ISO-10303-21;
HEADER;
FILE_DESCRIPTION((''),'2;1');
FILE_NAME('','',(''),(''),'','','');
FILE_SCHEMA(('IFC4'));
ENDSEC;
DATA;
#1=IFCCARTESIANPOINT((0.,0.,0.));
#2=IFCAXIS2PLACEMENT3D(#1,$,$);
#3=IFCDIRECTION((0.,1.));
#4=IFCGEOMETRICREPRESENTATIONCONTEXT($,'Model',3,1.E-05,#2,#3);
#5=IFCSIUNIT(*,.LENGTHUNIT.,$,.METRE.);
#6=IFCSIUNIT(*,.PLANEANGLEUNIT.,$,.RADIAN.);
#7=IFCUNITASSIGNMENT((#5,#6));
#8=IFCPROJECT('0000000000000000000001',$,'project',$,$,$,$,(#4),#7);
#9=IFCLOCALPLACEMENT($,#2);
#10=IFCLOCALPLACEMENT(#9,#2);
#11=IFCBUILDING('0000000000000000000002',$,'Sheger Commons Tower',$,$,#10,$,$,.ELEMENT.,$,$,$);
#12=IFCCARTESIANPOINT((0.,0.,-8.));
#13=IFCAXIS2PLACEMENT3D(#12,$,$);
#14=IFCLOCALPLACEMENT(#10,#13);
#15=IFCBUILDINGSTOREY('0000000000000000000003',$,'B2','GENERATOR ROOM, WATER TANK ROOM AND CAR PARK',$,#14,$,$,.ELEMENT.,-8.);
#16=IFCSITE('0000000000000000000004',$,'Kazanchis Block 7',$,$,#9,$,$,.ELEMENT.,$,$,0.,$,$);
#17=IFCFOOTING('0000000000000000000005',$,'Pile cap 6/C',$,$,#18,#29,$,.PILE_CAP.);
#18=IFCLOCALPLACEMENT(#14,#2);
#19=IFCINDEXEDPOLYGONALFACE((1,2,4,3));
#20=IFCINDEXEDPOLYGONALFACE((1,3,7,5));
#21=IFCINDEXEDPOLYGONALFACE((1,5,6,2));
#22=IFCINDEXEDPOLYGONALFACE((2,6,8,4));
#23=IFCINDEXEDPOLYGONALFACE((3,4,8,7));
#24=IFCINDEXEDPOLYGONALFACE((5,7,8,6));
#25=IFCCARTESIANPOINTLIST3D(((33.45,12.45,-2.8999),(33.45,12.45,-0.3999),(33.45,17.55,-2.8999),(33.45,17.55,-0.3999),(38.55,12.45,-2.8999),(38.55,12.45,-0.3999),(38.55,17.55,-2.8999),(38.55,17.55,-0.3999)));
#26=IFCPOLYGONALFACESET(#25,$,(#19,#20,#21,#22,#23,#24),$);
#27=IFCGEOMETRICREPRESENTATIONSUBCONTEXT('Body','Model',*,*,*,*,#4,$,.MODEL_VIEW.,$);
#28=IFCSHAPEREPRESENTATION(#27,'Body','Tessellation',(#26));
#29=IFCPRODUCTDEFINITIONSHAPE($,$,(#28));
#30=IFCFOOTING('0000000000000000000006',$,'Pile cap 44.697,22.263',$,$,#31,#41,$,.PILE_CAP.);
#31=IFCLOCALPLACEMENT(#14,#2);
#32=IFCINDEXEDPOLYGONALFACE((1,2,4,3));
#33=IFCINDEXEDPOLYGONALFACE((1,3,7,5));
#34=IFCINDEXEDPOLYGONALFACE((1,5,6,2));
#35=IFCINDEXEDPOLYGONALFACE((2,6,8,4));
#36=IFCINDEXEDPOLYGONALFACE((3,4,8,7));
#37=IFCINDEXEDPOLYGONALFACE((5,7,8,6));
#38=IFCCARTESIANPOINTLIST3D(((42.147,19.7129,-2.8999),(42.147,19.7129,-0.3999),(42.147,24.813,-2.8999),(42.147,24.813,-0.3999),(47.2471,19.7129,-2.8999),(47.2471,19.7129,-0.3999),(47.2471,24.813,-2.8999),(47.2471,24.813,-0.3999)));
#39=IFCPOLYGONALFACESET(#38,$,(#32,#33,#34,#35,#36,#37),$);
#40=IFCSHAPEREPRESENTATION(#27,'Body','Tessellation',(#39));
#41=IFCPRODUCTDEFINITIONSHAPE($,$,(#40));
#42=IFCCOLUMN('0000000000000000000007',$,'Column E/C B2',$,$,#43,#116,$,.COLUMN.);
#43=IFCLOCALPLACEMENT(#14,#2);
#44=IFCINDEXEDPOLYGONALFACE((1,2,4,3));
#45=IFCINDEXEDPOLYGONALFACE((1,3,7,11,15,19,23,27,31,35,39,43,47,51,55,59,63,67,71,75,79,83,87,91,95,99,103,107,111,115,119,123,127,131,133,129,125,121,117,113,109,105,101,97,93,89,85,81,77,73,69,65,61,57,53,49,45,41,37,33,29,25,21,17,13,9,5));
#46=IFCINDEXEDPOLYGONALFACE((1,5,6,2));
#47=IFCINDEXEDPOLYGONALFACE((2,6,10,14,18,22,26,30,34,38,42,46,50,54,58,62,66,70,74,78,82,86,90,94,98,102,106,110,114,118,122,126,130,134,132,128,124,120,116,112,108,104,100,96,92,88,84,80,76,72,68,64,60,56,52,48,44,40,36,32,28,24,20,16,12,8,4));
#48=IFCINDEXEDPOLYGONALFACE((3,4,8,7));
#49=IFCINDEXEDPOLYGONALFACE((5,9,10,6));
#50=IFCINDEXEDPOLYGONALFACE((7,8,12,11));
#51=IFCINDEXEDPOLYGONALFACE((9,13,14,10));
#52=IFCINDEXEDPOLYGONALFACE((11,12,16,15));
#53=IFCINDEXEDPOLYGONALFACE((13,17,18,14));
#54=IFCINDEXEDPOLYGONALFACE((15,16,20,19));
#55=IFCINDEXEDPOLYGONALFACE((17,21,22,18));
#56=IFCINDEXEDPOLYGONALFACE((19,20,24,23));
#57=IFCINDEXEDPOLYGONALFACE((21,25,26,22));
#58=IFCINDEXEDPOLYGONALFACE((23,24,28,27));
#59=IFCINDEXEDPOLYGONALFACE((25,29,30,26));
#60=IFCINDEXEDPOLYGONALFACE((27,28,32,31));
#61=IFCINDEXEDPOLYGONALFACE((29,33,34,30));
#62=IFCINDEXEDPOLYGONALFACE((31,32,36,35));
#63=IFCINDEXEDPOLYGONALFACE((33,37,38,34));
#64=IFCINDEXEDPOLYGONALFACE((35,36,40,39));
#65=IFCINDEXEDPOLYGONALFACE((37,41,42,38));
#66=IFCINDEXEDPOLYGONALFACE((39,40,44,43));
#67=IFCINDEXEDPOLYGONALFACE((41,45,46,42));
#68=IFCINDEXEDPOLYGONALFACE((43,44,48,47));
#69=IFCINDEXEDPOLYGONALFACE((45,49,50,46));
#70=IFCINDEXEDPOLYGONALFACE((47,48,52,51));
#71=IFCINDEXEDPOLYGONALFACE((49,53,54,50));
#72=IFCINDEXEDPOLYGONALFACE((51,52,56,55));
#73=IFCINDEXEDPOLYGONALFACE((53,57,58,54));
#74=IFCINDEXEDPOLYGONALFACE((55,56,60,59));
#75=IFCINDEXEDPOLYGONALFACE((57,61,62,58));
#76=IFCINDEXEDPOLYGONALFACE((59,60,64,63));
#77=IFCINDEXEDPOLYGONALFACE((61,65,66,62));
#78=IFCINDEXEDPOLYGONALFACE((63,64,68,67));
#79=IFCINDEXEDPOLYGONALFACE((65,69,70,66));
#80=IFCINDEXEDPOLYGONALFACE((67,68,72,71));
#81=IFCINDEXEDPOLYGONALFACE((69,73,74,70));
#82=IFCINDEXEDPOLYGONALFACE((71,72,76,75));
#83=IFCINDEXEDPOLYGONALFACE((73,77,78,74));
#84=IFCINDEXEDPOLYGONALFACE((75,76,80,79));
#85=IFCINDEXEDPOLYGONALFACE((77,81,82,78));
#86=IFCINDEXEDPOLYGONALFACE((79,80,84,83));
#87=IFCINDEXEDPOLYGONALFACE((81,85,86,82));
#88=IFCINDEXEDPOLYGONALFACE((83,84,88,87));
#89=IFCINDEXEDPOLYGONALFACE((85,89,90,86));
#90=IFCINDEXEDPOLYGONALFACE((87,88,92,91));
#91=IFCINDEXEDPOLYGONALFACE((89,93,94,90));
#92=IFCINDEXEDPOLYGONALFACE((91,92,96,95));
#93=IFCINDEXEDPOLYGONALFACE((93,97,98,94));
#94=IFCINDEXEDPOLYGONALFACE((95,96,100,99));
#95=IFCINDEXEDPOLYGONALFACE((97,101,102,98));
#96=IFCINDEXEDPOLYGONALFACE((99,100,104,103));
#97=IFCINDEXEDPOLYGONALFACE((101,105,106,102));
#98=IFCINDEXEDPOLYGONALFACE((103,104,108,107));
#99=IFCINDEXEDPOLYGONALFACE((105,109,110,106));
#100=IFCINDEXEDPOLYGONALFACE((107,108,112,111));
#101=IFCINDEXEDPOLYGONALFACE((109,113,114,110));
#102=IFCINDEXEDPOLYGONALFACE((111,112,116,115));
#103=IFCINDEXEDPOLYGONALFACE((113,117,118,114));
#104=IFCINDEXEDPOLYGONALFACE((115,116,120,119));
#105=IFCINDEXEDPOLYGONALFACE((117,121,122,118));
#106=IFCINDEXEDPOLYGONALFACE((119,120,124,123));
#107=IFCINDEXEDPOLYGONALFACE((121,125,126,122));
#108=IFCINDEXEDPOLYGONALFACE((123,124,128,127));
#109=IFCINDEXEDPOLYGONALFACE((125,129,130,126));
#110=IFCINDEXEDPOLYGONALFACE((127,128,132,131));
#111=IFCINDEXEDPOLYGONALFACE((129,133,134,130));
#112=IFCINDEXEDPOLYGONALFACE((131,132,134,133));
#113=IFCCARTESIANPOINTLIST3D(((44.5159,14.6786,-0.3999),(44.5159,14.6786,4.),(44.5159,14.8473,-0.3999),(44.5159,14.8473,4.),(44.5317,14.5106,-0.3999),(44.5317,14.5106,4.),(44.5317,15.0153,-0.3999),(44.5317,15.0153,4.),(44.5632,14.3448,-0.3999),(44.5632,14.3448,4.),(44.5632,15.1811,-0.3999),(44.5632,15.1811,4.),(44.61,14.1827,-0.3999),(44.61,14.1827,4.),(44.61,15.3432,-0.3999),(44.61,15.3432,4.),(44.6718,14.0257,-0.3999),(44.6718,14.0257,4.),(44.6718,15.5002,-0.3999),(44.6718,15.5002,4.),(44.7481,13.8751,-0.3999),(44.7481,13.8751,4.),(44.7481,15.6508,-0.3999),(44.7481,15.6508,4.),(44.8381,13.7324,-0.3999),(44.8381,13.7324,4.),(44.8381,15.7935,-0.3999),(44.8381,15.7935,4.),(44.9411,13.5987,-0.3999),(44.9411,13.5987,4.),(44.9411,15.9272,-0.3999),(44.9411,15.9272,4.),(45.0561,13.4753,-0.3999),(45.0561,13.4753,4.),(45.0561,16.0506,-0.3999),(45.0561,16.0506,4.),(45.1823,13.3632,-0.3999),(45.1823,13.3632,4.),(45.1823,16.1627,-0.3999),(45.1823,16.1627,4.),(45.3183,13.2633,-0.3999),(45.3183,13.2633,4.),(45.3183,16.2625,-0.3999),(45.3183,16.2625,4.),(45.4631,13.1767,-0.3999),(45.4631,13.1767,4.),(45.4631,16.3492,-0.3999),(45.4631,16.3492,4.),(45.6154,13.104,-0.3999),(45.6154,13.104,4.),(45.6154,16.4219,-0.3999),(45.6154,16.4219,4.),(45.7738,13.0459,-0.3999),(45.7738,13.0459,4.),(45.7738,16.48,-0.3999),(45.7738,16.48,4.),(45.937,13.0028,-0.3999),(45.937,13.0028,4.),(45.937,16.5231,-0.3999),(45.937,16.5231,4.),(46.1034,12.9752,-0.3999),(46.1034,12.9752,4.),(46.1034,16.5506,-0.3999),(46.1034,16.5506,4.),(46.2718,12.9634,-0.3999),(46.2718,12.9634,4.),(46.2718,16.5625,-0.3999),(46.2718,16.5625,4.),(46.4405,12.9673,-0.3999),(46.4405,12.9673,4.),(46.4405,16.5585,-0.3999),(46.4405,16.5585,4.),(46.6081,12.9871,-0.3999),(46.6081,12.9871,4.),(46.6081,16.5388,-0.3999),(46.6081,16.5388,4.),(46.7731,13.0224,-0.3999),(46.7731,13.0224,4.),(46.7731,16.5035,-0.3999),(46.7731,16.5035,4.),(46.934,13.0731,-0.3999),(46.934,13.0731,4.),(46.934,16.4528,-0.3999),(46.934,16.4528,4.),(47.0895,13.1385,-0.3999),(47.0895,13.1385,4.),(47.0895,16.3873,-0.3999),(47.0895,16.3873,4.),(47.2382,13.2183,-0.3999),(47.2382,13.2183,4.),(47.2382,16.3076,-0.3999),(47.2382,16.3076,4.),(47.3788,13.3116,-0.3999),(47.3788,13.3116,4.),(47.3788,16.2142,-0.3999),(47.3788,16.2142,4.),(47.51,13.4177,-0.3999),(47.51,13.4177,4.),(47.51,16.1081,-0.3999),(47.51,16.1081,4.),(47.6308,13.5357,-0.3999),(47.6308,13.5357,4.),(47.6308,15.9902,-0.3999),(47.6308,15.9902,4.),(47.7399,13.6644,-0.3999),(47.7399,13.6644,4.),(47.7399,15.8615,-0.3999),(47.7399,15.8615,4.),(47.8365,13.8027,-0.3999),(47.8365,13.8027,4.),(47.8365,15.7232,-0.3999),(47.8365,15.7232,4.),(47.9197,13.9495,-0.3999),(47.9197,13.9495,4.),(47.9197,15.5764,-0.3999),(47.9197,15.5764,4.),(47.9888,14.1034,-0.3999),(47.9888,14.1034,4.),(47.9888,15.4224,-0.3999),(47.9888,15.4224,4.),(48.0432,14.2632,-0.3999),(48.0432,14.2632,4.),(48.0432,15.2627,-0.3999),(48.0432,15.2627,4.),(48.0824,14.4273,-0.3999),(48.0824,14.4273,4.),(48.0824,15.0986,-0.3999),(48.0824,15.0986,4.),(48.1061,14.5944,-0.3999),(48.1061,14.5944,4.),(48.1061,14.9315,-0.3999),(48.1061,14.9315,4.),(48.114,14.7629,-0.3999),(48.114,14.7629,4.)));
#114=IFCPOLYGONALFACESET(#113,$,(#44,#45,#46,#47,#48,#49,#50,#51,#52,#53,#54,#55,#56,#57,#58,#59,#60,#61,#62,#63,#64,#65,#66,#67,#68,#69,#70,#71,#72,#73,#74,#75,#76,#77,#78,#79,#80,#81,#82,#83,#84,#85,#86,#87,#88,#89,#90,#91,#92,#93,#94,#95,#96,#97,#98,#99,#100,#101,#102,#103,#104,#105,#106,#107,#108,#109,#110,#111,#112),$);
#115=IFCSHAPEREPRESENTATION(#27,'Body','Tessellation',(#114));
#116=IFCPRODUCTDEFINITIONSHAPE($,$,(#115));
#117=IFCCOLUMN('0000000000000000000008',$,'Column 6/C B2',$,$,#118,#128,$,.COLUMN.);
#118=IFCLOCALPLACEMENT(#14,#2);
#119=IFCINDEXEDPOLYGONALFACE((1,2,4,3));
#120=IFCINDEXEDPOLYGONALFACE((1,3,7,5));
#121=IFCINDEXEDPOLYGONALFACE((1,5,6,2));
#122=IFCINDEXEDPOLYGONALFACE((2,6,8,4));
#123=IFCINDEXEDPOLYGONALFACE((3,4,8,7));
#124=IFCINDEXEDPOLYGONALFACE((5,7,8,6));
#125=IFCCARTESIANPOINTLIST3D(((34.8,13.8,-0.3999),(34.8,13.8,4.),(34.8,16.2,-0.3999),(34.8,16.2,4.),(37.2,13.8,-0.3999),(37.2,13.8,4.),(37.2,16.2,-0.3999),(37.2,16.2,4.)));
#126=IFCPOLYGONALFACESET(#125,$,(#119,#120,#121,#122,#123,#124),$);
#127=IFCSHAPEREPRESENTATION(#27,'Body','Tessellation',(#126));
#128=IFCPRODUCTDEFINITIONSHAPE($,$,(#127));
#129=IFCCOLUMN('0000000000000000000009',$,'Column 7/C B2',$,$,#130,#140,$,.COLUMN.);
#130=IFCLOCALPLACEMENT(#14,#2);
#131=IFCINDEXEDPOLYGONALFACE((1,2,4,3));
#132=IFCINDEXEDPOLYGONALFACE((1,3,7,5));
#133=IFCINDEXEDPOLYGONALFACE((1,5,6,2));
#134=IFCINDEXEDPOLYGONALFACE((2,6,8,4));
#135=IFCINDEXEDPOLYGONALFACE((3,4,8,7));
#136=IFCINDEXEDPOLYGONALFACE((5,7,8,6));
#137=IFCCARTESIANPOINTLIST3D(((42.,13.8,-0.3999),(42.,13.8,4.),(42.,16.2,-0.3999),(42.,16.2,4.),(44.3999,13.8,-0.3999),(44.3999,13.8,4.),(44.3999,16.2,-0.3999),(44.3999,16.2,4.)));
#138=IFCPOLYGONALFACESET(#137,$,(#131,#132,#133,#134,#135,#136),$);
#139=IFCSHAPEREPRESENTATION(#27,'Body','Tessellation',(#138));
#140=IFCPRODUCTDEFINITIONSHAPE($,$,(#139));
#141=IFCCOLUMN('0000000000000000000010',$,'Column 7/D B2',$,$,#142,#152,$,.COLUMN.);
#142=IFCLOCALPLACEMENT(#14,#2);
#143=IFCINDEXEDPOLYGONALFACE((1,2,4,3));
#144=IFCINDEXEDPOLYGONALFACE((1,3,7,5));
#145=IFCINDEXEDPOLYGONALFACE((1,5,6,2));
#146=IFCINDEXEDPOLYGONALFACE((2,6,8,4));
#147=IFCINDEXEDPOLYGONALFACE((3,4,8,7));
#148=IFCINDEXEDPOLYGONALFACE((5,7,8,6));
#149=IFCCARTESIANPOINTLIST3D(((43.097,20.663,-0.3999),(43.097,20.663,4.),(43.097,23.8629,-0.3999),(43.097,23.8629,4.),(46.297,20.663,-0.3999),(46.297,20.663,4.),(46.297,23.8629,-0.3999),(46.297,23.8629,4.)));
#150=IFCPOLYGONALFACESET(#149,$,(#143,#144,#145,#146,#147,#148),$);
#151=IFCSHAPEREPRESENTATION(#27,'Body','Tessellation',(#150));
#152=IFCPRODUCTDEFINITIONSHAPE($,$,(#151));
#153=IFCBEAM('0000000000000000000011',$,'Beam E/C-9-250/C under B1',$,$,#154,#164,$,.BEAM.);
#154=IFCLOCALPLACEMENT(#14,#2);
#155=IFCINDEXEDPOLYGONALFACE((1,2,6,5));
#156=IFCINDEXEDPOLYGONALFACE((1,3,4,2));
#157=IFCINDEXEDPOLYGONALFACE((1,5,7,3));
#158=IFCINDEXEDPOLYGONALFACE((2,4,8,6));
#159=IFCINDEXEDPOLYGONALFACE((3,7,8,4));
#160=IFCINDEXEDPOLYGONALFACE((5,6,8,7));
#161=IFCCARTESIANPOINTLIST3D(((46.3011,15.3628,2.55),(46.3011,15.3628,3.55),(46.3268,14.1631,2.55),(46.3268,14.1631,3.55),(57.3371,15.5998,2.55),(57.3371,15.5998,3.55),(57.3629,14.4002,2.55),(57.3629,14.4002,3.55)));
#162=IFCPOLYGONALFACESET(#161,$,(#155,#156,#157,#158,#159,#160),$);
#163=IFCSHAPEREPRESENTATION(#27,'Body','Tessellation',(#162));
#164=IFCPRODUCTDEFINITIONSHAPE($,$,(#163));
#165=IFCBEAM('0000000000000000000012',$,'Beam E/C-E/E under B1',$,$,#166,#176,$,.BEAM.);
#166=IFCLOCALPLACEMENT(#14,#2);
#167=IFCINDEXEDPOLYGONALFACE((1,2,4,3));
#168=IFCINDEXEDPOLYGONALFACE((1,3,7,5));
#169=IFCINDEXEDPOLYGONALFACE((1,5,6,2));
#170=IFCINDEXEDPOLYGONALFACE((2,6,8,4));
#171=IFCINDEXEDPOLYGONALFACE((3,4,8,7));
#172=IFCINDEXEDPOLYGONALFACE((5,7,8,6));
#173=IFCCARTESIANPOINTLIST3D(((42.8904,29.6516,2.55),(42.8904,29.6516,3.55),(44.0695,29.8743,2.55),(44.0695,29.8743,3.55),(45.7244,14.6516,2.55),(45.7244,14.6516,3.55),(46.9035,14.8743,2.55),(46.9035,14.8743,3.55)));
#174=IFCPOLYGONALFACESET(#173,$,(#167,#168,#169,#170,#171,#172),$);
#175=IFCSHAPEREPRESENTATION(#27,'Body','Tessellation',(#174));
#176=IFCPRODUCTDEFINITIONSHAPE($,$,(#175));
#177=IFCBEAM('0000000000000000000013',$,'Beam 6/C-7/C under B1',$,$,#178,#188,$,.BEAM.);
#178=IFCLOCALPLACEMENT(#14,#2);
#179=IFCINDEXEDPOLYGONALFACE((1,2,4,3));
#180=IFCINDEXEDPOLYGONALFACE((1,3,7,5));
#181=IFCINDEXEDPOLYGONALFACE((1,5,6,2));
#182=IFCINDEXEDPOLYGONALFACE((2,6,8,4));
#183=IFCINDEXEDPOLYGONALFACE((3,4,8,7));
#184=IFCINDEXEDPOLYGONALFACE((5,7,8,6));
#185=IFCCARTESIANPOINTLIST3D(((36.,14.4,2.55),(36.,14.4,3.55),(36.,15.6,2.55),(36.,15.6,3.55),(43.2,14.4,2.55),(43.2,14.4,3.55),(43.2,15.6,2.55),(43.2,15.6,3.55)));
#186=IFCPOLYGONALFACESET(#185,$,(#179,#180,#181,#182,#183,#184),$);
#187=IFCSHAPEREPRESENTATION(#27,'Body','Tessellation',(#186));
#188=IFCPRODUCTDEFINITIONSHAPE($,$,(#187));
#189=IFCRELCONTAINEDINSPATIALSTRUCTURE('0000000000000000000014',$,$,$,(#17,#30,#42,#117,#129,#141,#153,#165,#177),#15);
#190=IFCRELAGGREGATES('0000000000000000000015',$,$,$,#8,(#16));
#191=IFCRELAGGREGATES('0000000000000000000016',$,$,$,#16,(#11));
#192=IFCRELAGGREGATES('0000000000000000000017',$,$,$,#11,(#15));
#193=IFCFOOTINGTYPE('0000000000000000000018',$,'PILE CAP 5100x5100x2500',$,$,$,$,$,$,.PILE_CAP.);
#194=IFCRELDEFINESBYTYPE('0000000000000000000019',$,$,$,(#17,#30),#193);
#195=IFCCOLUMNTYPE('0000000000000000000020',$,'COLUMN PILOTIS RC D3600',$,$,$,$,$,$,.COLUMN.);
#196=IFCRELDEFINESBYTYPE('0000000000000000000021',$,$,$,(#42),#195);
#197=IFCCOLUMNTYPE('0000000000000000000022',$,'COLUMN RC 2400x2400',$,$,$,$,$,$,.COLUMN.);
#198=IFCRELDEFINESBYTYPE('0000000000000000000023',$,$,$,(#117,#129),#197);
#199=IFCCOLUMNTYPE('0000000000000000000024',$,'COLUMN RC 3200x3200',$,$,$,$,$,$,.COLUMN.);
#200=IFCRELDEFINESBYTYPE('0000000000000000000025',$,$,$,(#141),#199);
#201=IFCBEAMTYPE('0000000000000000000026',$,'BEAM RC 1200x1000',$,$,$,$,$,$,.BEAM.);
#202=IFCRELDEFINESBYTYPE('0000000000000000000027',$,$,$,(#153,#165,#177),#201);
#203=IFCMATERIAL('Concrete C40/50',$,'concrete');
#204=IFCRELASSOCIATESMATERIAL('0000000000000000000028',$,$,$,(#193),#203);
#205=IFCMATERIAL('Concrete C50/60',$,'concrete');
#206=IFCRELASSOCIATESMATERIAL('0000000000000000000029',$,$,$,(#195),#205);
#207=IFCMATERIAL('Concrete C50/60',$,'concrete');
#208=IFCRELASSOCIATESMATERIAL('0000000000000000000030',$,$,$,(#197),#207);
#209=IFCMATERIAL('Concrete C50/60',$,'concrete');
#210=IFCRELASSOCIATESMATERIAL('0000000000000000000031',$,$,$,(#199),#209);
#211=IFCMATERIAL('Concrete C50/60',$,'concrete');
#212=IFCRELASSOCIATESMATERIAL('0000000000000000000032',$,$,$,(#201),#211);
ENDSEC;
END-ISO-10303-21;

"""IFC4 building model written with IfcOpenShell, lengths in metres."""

from ifc_helpers import new_model, si_unit, direction, frame, origin, origin_2d, place, context, subcontext, project, spatial, rectangle, circle, extrude, material, material_profile, profile_set, type_object, element, save


model = new_model("IFC4")

# Units and contexts
model_context = context("Model", 3, precision=1e-05, world=origin(), true_north=direction((0.0, 1.0)))
body_context = subcontext(model_context, "Body", "Model", "MODEL_VIEW")
ifc_project = project(units=[si_unit("LENGTHUNIT", "METRE"), si_unit("PLANEANGLEUNIT", "RADIAN")], contexts=[model_context])

# Site, building, storey
site_placement = place(None, origin())
site = spatial("IfcSite", under=ifc_project, at=site_placement, Name="Kazanchis Block 7", CompositionType="ELEMENT", RefElevation=0.0)
building_placement = place(site_placement, origin())
building = spatial("IfcBuilding", under=site, at=building_placement, Name="Sheger Commons Tower", CompositionType="ELEMENT")
storey_placement = place(building_placement, frame((0.0, 0.0, -8.0)))
storey = spatial("IfcBuildingStorey", under=building, at=storey_placement, Name="B2", Description="GENERATOR ROOM, WATER TANK ROOM AND CAR PARK", CompositionType="ELEMENT", Elevation=-8.0)

# Footings
ifc_material_1 = material(Name="Concrete C40/50", Category="concrete")
footing_type = type_object("IfcFootingType", Name="PILE CAP 5100x5100x2500", PredefinedType="PILE_CAP", material=ifc_material_1)
for number, where, z_axis, x_axis, name in (
    (1, (36.0, 15.0, -2.8999), (0.0, 0.0, 1.0), (1.0, 0.0, 0.0), "Pile cap 6/C"),
    (2, (44.697, 22.2629, -2.8999), (0.0, 0.0, 1.0), (1.0, 0.0, 0.0), "Pile cap 44.697,22.263"),
):
    element("IfcFooting", number, at=place(storey_placement, frame(where, z_axis=z_axis, x_axis=x_axis)), inside=storey, type_object=footing_type, Name=name, PredefinedType="PILE_CAP", context=body_context, shape_type="SweptSolid", body=[
        extrude(rectangle(XDim=5.1001, YDim=5.1001, at=origin_2d()), origin(), (0.0, 0.0, 1.0), 2.5),
    ])

# Columns
ifc_material_2 = material(Name="Concrete C50/60", Category="concrete")
ifc_material_profile_1 = material_profile(ifc_material_2, circle(Radius=1.8, at=origin_2d()), Name="RC D3600")
ifc_profile_set_1 = profile_set([ifc_material_profile_1], Name="Concrete C50/60")
column_type_1 = type_object("IfcColumnType", Name="COLUMN PILOTIS RC D3600", PredefinedType="COLUMN", material=ifc_profile_set_1)
column_1_placement = place(storey_placement, frame((46.314, 14.7629, -0.3999), z_axis=(0.0, 0.0, 1.0), x_axis=(1.0, 0.0, 0.0)))
element("IfcColumn", 3, at=column_1_placement, inside=storey, type_object=column_type_1, Name="Column E/C B2", PredefinedType="COLUMN", context=body_context, shape_type="SweptSolid", body=[
    extrude(circle(Radius=1.8, at=origin_2d()), origin(), (0.0, 0.0, 1.0), 4.3999),
])
ifc_material_3 = material(Name="Concrete C50/60", Category="concrete")
ifc_material_profile_2 = material_profile(ifc_material_3, rectangle(XDim=2.3999, YDim=2.3999, at=origin_2d()), Name="RC 2400x2400")
ifc_profile_set_2 = profile_set([ifc_material_profile_2], Name="Concrete C50/60")
column_type_2 = type_object("IfcColumnType", Name="COLUMN RC 2400x2400", PredefinedType="COLUMN", material=ifc_profile_set_2)
for number, where, z_axis, x_axis, name in (
    (4, (36.0, 15.0, -0.3999), (0.0, 0.0, 1.0), (1.0, 0.0, 0.0), "Column 6/C B2"),
    (5, (43.2, 15.0, -0.3999), (0.0, 0.0, 1.0), (1.0, 0.0, 0.0), "Column 7/C B2"),
):
    element("IfcColumn", number, at=place(storey_placement, frame(where, z_axis=z_axis, x_axis=x_axis)), inside=storey, type_object=column_type_2, Name=name, PredefinedType="COLUMN", context=body_context, shape_type="SweptSolid", body=[
        extrude(rectangle(XDim=2.3999, YDim=2.3999, at=origin_2d()), origin(), (0.0, 0.0, 1.0), 4.3999),
    ])
ifc_material_4 = material(Name="Concrete C50/60", Category="concrete")
ifc_material_profile_3 = material_profile(ifc_material_4, rectangle(XDim=3.2, YDim=3.2, at=origin_2d()), Name="RC 3200x3200")
ifc_profile_set_3 = profile_set([ifc_material_profile_3], Name="Concrete C50/60")
column_type_3 = type_object("IfcColumnType", Name="COLUMN RC 3200x3200", PredefinedType="COLUMN", material=ifc_profile_set_3)
column_2_placement = place(storey_placement, frame((44.697, 22.2629, -0.3999), z_axis=(0.0, 0.0, 1.0), x_axis=(1.0, 0.0, 0.0)))
element("IfcColumn", 6, at=column_2_placement, inside=storey, type_object=column_type_3, Name="Column 7/D B2", PredefinedType="COLUMN", context=body_context, shape_type="SweptSolid", body=[
    extrude(rectangle(XDim=3.2, YDim=3.2, at=origin_2d()), origin(), (0.0, 0.0, 1.0), 4.3999),
])

# Beams
ifc_material_5 = material(Name="Concrete C50/60", Category="concrete")
ifc_material_profile_4 = material_profile(ifc_material_5, rectangle(XDim=1.2, YDim=1.0, at=origin_2d()), Name="RC 1200x1000")
ifc_profile_set_4 = profile_set([ifc_material_profile_4], Name="Concrete C50/60")
beam_type = type_object("IfcBeamType", Name="BEAM RC 1200x1000", PredefinedType="BEAM", material=ifc_profile_set_4)
beam_1_placement = place(storey_placement, frame((46.314, 14.7629, 3.05), z_axis=(0.999769, 0.021475, 0.0), x_axis=(-0.021475, 0.999769, 0.0)))
element("IfcBeam", 7, at=beam_1_placement, inside=storey, type_object=beam_type, Name="Beam E/C-9-250/C under B1", PredefinedType="BEAM", context=body_context, shape_type="SweptSolid", body=[
    extrude(rectangle(XDim=1.2, YDim=1.0, at=origin_2d()), origin(), (0.0, 0.0, 1.0), 11.0386),
])
beam_2_placement = place(storey_placement, frame((46.314, 14.7629, 3.05), z_axis=(-0.185648, 0.982616, 0.0), x_axis=(-0.982616, -0.185648, 0.0)))
element("IfcBeam", 8, at=beam_2_placement, inside=storey, type_object=beam_type, Name="Beam E/C-E/E under B1", PredefinedType="BEAM", context=body_context, shape_type="SweptSolid", body=[
    extrude(rectangle(XDim=1.2, YDim=1.0, at=origin_2d()), origin(), (0.0, 0.0, 1.0), 15.2654),
])
beam_3_placement = place(storey_placement, frame((36.0, 15.0, 3.05), z_axis=(1.0, 0.0, 0.0), x_axis=(0.0, 1.0, 0.0)))
element("IfcBeam", 9, at=beam_3_placement, inside=storey, type_object=beam_type, Name="Beam 6/C-7/C under B1", PredefinedType="BEAM", context=body_context, shape_type="SweptSolid", body=[
    extrude(rectangle(XDim=1.2, YDim=1.0, at=origin_2d()), origin(), (0.0, 0.0, 1.0), 7.2),
])

save(model, "model.ifc")
